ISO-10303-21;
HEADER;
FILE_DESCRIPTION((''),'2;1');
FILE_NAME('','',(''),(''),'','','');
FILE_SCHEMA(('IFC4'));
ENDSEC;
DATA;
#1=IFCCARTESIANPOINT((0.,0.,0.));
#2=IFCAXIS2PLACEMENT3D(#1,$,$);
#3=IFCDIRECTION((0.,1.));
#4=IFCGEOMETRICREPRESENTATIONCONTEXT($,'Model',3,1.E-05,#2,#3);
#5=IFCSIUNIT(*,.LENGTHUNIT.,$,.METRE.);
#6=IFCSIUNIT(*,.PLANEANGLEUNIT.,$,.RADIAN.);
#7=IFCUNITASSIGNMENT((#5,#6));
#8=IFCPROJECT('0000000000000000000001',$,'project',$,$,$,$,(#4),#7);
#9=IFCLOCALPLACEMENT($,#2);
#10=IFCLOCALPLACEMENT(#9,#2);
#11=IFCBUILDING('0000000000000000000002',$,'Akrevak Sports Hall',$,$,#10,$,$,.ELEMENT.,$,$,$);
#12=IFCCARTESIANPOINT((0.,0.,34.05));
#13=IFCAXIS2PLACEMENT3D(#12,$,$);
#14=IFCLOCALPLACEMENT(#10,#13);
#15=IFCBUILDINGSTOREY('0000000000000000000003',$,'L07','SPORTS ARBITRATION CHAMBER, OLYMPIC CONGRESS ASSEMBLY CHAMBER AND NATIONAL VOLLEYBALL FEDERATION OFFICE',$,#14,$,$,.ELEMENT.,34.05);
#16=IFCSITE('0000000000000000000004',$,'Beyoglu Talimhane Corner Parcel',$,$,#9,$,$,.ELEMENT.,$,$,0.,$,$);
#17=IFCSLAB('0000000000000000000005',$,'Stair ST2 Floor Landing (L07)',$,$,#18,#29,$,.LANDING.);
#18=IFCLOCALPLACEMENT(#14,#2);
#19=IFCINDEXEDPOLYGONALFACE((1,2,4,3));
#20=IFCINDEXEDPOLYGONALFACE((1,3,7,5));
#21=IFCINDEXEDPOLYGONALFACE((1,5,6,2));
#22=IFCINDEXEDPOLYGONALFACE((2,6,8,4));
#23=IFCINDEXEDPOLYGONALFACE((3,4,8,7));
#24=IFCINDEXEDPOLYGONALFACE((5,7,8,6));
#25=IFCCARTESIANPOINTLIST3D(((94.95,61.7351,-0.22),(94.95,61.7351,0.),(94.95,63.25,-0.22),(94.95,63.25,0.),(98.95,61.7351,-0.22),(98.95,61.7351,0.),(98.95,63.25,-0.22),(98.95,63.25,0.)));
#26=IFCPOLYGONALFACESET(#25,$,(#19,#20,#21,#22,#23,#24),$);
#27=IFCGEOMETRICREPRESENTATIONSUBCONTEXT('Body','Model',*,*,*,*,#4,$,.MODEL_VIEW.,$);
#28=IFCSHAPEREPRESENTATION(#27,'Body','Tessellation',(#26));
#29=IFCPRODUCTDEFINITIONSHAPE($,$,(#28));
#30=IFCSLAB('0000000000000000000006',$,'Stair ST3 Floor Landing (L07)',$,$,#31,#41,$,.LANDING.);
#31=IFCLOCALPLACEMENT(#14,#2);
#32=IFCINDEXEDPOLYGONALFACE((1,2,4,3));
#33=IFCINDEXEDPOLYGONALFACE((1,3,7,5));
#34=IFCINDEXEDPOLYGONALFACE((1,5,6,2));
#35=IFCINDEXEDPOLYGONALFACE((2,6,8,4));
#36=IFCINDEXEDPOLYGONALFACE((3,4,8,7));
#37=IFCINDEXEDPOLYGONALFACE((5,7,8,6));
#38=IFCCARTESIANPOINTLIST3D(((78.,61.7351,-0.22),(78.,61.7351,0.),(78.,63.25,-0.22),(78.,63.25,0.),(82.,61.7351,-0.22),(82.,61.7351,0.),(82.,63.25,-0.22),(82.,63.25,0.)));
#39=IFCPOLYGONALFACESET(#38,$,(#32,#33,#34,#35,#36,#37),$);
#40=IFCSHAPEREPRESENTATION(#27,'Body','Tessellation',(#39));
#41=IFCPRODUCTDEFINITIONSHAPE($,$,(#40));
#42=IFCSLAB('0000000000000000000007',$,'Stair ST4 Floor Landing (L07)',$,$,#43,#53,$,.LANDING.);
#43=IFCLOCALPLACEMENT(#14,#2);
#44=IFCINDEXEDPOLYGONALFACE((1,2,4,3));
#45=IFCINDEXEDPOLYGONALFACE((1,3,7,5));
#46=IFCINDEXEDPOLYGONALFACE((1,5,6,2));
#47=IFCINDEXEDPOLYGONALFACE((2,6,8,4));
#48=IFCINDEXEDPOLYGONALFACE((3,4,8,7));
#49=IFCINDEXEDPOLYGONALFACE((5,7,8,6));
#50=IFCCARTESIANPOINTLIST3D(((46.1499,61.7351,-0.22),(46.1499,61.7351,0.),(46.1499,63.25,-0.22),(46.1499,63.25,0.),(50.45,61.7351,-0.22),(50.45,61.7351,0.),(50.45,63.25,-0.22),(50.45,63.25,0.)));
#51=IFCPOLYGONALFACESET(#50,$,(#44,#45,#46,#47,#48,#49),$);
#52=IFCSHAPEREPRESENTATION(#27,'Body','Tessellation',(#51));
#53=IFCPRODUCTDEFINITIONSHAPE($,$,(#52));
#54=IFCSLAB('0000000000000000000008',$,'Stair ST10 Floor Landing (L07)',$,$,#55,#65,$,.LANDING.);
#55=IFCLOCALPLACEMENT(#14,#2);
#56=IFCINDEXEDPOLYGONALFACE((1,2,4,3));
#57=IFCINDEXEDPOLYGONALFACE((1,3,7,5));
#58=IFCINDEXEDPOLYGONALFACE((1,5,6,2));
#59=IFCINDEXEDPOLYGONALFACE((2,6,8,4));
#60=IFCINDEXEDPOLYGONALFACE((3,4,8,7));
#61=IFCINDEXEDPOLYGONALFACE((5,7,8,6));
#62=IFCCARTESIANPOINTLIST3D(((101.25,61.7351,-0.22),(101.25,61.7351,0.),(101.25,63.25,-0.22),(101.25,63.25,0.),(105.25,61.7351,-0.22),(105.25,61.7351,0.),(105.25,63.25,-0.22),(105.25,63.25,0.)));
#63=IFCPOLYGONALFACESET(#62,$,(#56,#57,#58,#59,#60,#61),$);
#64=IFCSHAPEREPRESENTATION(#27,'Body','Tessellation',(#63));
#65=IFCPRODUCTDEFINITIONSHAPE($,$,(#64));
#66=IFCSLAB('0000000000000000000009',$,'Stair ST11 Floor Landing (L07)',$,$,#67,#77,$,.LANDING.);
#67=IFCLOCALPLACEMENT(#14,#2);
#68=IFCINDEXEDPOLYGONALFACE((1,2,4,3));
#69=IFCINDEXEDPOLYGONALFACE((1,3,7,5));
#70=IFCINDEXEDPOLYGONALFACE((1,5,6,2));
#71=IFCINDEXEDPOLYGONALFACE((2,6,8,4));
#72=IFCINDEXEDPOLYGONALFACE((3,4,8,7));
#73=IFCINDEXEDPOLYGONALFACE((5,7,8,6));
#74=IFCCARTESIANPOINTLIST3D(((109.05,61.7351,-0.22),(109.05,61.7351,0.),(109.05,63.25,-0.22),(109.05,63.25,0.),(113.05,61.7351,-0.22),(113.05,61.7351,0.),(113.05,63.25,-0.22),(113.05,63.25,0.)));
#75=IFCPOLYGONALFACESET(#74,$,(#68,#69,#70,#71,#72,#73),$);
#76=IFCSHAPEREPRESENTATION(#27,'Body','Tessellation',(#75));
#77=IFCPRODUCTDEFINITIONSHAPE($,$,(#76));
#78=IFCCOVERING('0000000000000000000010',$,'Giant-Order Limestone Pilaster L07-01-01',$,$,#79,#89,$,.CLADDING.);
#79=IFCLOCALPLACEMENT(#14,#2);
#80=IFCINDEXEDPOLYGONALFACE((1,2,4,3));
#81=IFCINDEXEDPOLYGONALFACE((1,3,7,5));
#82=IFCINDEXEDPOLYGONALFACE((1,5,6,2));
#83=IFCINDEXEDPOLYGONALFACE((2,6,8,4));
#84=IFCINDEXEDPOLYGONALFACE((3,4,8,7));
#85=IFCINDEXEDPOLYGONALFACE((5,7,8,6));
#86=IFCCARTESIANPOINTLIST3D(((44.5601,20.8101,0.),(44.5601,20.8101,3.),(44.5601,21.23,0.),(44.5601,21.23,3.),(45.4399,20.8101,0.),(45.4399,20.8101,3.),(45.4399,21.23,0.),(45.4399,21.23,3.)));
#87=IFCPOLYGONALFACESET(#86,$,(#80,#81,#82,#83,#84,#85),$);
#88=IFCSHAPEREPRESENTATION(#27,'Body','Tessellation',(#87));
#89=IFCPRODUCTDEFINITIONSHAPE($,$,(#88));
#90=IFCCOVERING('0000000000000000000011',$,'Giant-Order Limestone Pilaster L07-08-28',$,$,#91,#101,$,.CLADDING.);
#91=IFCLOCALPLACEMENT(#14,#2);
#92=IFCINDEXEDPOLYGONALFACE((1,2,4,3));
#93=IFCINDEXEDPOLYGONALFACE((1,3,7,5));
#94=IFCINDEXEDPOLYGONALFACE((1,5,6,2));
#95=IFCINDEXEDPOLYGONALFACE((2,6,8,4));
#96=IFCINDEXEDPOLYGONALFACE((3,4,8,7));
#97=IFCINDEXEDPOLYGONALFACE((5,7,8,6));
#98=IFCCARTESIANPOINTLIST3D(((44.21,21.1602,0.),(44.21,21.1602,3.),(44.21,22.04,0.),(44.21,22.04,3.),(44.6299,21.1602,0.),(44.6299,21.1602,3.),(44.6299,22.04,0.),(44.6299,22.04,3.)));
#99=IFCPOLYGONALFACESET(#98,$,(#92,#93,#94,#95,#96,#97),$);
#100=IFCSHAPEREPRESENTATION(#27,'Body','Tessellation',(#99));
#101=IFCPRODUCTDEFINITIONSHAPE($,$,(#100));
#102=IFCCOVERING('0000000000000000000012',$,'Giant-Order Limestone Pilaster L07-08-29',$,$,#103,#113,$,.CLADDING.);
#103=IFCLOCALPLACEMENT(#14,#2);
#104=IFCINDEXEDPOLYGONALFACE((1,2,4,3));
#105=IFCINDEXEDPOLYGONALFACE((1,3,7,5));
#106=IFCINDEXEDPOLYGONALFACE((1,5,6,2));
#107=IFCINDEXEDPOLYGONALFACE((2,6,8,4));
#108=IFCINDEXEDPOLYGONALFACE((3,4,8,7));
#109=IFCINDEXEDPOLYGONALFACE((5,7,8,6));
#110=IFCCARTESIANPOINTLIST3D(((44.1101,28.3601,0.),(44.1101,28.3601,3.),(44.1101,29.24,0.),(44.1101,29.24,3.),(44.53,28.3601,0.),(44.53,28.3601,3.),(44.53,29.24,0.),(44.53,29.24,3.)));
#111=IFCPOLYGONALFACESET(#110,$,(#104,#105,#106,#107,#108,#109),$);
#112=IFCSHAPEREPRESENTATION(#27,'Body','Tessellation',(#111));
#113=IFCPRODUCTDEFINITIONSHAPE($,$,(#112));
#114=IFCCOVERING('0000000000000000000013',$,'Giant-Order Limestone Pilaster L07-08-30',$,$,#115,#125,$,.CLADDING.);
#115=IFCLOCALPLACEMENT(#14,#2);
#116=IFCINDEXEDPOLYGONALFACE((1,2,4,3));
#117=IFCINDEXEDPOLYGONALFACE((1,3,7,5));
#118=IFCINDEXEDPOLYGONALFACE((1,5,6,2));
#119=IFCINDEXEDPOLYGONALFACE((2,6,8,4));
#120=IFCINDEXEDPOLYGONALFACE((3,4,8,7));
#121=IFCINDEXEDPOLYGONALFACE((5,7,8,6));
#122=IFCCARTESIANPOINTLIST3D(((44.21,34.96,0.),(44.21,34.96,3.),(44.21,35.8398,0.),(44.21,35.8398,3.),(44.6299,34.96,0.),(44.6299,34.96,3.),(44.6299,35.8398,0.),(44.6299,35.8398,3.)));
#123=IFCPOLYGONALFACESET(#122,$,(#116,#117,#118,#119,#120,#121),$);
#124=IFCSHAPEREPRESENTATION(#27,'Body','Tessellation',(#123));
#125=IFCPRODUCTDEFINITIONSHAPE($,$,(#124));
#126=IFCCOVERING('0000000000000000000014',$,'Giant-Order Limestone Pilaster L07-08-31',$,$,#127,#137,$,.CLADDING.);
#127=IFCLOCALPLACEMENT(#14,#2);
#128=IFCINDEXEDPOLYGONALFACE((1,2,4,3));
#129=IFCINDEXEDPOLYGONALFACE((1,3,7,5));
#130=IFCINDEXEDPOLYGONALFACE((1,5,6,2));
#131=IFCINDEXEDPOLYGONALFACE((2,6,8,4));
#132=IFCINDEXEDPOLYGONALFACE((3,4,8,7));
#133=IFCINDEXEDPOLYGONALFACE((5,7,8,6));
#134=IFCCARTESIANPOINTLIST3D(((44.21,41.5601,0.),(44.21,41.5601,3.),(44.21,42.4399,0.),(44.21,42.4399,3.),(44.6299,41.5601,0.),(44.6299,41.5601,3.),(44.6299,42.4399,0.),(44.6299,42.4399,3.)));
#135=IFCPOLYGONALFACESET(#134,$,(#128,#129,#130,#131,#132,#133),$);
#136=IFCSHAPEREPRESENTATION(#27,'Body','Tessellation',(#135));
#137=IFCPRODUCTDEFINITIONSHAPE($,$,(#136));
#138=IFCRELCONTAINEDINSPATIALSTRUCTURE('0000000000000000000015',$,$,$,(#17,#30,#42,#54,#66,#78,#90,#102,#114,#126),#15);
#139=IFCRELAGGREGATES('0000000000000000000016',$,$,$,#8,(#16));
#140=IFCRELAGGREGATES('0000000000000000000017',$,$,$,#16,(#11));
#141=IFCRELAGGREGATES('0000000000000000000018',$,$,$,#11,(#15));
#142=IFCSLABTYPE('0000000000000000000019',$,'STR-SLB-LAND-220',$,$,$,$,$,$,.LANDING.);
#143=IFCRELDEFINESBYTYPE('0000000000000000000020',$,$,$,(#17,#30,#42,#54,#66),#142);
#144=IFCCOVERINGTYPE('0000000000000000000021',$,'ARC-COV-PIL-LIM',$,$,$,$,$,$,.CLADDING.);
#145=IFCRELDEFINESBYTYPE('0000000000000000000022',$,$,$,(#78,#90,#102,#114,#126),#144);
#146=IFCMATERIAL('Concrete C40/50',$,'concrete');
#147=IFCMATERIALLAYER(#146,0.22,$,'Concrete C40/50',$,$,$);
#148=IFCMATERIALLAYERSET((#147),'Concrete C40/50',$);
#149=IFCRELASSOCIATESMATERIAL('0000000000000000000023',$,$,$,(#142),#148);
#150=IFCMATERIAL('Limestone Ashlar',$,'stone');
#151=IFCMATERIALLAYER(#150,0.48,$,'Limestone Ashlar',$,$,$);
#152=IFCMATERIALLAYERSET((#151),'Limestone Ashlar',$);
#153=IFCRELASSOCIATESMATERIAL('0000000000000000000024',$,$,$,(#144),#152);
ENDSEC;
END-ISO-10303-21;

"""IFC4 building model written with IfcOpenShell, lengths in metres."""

from ifc_helpers import new_model, si_unit, direction, frame, origin, origin_2d, place, context, subcontext, project, spatial, polyline, rectangle, outline, extrude, material, layer, layer_set, type_object, element, save


model = new_model("IFC4")

# Units and contexts
model_context = context("Model", 3, precision=1e-05, world=origin(), true_north=direction((0.0, 1.0)))
body_context = subcontext(model_context, "Body", "Model", "MODEL_VIEW")
ifc_project = project(units=[si_unit("LENGTHUNIT", "METRE"), si_unit("PLANEANGLEUNIT", "RADIAN")], contexts=[model_context])

# Site, building, storey
site_placement = place(None, origin())
site = spatial("IfcSite", under=ifc_project, at=site_placement, Name="Beyoglu Talimhane Corner Parcel", CompositionType="ELEMENT", RefElevation=0.0)
building_placement = place(site_placement, origin())
building = spatial("IfcBuilding", under=site, at=building_placement, Name="Akrevak Sports Hall", CompositionType="ELEMENT")
storey_placement = place(building_placement, frame((0.0, 0.0, 34.05)))
storey = spatial("IfcBuildingStorey", under=building, at=storey_placement, Name="L07", Description="SPORTS ARBITRATION CHAMBER, OLYMPIC CONGRESS ASSEMBLY CHAMBER AND NATIONAL VOLLEYBALL FEDERATION OFFICE", CompositionType="ELEMENT", Elevation=34.05)

# Shared definitions
ifc_material_1 = material(Name="Concrete C40/50", Category="concrete")

# Slabs
ifc_layer_1 = layer(ifc_material_1, 0.22, Name="Concrete C40/50")
ifc_layer_set_1 = layer_set([ifc_layer_1], Name="Concrete C40/50")
slab_type_1 = type_object("IfcSlabType", Name="STR-SLB-LAND-220", PredefinedType="LANDING", material=ifc_layer_set_1)
slab_1_placement = place(storey_placement, frame((0.0, 0.0, -0.22)))
element("IfcSlab", 1, at=slab_1_placement, inside=storey, type_object=slab_type_1, Name="Stair ST2 Floor Landing (L07)", PredefinedType="LANDING", context=body_context, shape_type="SweptSolid", body=[
    extrude(outline(polyline([(94.95, 61.7351), (98.95, 61.7351), (98.95, 63.25), (94.95, 63.25), (94.95, 61.7351)])), origin(), (0.0, 0.0, 1.0), 0.22),
])
slab_2_placement = place(storey_placement, frame((0.0, 0.0, -0.22)))
element("IfcSlab", 2, at=slab_2_placement, inside=storey, type_object=slab_type_1, Name="Stair ST3 Floor Landing (L07)", PredefinedType="LANDING", context=body_context, shape_type="SweptSolid", body=[
    extrude(outline(polyline([(78.0, 61.7351), (82.0, 61.7351), (82.0, 63.25), (78.0, 63.25), (78.0, 61.7351)])), origin(), (0.0, 0.0, 1.0), 0.22),
])
slab_3_placement = place(storey_placement, frame((0.0, 0.0, -0.22)))
element("IfcSlab", 3, at=slab_3_placement, inside=storey, type_object=slab_type_1, Name="Stair ST4 Floor Landing (L07)", PredefinedType="LANDING", context=body_context, shape_type="SweptSolid", body=[
    extrude(outline(polyline([(46.1499, 61.7351), (50.45, 61.7351), (50.45, 63.25), (46.1499, 63.25), (46.1499, 61.7351)])), origin(), (0.0, 0.0, 1.0), 0.22),
])
slab_4_placement = place(storey_placement, frame((0.0, 0.0, -0.22)))
element("IfcSlab", 4, at=slab_4_placement, inside=storey, type_object=slab_type_1, Name="Stair ST10 Floor Landing (L07)", PredefinedType="LANDING", context=body_context, shape_type="SweptSolid", body=[
    extrude(outline(polyline([(101.25, 61.7351), (105.25, 61.7351), (105.25, 63.25), (101.25, 63.25), (101.25, 61.7351)])), origin(), (0.0, 0.0, 1.0), 0.22),
])
slab_5_placement = place(storey_placement, frame((0.0, 0.0, -0.22)))
element("IfcSlab", 5, at=slab_5_placement, inside=storey, type_object=slab_type_1, Name="Stair ST11 Floor Landing (L07)", PredefinedType="LANDING", context=body_context, shape_type="SweptSolid", body=[
    extrude(outline(polyline([(109.05, 61.7351), (113.05, 61.7351), (113.05, 63.25), (109.05, 63.25), (109.05, 61.7351)])), origin(), (0.0, 0.0, 1.0), 0.22),
])

# Coverings
ifc_material_2 = material(Name="Limestone Ashlar", Category="stone")
ifc_layer_2 = layer(ifc_material_2, 0.48, Name="Limestone Ashlar")
ifc_layer_set_2 = layer_set([ifc_layer_2], Name="Limestone Ashlar")
covering_type = type_object("IfcCoveringType", Name="ARC-COV-PIL-LIM", PredefinedType="CLADDING", material=ifc_layer_set_2)
for number, where, z_axis, x_axis, name in (
    (6, (45.0, 21.02, 0.0), (0.0, 0.0, 1.0), (1.0, 0.0, 0.0), "Giant-Order Limestone Pilaster L07-01-01"),
    (7, (44.4199, 21.6001, 0.0), (0.0, 0.0, 1.0), (0.0, -1.0, 0.0), "Giant-Order Limestone Pilaster L07-08-28"),
    (8, (44.3201, 28.8, 0.0), (0.0, 0.0, 1.0), (0.0, -1.0, 0.0), "Giant-Order Limestone Pilaster L07-08-29"),
    (9, (44.4199, 35.3999, 0.0), (0.0, 0.0, 1.0), (0.0, -1.0, 0.0), "Giant-Order Limestone Pilaster L07-08-30"),
    (10, (44.4199, 42.0, 0.0), (0.0, 0.0, 1.0), (0.0, -1.0, 0.0), "Giant-Order Limestone Pilaster L07-08-31"),
):
    element("IfcCovering", number, at=place(storey_placement, frame(where, z_axis=z_axis, x_axis=x_axis)), inside=storey, type_object=covering_type, Name=name, PredefinedType="CLADDING", context=body_context, shape_type="SweptSolid", body=[
        extrude(rectangle(XDim=0.8799, YDim=0.4199, at=origin_2d()), origin(), (0.0, 0.0, 1.0), 3.0),
    ])

save(model, "model.ifc")
